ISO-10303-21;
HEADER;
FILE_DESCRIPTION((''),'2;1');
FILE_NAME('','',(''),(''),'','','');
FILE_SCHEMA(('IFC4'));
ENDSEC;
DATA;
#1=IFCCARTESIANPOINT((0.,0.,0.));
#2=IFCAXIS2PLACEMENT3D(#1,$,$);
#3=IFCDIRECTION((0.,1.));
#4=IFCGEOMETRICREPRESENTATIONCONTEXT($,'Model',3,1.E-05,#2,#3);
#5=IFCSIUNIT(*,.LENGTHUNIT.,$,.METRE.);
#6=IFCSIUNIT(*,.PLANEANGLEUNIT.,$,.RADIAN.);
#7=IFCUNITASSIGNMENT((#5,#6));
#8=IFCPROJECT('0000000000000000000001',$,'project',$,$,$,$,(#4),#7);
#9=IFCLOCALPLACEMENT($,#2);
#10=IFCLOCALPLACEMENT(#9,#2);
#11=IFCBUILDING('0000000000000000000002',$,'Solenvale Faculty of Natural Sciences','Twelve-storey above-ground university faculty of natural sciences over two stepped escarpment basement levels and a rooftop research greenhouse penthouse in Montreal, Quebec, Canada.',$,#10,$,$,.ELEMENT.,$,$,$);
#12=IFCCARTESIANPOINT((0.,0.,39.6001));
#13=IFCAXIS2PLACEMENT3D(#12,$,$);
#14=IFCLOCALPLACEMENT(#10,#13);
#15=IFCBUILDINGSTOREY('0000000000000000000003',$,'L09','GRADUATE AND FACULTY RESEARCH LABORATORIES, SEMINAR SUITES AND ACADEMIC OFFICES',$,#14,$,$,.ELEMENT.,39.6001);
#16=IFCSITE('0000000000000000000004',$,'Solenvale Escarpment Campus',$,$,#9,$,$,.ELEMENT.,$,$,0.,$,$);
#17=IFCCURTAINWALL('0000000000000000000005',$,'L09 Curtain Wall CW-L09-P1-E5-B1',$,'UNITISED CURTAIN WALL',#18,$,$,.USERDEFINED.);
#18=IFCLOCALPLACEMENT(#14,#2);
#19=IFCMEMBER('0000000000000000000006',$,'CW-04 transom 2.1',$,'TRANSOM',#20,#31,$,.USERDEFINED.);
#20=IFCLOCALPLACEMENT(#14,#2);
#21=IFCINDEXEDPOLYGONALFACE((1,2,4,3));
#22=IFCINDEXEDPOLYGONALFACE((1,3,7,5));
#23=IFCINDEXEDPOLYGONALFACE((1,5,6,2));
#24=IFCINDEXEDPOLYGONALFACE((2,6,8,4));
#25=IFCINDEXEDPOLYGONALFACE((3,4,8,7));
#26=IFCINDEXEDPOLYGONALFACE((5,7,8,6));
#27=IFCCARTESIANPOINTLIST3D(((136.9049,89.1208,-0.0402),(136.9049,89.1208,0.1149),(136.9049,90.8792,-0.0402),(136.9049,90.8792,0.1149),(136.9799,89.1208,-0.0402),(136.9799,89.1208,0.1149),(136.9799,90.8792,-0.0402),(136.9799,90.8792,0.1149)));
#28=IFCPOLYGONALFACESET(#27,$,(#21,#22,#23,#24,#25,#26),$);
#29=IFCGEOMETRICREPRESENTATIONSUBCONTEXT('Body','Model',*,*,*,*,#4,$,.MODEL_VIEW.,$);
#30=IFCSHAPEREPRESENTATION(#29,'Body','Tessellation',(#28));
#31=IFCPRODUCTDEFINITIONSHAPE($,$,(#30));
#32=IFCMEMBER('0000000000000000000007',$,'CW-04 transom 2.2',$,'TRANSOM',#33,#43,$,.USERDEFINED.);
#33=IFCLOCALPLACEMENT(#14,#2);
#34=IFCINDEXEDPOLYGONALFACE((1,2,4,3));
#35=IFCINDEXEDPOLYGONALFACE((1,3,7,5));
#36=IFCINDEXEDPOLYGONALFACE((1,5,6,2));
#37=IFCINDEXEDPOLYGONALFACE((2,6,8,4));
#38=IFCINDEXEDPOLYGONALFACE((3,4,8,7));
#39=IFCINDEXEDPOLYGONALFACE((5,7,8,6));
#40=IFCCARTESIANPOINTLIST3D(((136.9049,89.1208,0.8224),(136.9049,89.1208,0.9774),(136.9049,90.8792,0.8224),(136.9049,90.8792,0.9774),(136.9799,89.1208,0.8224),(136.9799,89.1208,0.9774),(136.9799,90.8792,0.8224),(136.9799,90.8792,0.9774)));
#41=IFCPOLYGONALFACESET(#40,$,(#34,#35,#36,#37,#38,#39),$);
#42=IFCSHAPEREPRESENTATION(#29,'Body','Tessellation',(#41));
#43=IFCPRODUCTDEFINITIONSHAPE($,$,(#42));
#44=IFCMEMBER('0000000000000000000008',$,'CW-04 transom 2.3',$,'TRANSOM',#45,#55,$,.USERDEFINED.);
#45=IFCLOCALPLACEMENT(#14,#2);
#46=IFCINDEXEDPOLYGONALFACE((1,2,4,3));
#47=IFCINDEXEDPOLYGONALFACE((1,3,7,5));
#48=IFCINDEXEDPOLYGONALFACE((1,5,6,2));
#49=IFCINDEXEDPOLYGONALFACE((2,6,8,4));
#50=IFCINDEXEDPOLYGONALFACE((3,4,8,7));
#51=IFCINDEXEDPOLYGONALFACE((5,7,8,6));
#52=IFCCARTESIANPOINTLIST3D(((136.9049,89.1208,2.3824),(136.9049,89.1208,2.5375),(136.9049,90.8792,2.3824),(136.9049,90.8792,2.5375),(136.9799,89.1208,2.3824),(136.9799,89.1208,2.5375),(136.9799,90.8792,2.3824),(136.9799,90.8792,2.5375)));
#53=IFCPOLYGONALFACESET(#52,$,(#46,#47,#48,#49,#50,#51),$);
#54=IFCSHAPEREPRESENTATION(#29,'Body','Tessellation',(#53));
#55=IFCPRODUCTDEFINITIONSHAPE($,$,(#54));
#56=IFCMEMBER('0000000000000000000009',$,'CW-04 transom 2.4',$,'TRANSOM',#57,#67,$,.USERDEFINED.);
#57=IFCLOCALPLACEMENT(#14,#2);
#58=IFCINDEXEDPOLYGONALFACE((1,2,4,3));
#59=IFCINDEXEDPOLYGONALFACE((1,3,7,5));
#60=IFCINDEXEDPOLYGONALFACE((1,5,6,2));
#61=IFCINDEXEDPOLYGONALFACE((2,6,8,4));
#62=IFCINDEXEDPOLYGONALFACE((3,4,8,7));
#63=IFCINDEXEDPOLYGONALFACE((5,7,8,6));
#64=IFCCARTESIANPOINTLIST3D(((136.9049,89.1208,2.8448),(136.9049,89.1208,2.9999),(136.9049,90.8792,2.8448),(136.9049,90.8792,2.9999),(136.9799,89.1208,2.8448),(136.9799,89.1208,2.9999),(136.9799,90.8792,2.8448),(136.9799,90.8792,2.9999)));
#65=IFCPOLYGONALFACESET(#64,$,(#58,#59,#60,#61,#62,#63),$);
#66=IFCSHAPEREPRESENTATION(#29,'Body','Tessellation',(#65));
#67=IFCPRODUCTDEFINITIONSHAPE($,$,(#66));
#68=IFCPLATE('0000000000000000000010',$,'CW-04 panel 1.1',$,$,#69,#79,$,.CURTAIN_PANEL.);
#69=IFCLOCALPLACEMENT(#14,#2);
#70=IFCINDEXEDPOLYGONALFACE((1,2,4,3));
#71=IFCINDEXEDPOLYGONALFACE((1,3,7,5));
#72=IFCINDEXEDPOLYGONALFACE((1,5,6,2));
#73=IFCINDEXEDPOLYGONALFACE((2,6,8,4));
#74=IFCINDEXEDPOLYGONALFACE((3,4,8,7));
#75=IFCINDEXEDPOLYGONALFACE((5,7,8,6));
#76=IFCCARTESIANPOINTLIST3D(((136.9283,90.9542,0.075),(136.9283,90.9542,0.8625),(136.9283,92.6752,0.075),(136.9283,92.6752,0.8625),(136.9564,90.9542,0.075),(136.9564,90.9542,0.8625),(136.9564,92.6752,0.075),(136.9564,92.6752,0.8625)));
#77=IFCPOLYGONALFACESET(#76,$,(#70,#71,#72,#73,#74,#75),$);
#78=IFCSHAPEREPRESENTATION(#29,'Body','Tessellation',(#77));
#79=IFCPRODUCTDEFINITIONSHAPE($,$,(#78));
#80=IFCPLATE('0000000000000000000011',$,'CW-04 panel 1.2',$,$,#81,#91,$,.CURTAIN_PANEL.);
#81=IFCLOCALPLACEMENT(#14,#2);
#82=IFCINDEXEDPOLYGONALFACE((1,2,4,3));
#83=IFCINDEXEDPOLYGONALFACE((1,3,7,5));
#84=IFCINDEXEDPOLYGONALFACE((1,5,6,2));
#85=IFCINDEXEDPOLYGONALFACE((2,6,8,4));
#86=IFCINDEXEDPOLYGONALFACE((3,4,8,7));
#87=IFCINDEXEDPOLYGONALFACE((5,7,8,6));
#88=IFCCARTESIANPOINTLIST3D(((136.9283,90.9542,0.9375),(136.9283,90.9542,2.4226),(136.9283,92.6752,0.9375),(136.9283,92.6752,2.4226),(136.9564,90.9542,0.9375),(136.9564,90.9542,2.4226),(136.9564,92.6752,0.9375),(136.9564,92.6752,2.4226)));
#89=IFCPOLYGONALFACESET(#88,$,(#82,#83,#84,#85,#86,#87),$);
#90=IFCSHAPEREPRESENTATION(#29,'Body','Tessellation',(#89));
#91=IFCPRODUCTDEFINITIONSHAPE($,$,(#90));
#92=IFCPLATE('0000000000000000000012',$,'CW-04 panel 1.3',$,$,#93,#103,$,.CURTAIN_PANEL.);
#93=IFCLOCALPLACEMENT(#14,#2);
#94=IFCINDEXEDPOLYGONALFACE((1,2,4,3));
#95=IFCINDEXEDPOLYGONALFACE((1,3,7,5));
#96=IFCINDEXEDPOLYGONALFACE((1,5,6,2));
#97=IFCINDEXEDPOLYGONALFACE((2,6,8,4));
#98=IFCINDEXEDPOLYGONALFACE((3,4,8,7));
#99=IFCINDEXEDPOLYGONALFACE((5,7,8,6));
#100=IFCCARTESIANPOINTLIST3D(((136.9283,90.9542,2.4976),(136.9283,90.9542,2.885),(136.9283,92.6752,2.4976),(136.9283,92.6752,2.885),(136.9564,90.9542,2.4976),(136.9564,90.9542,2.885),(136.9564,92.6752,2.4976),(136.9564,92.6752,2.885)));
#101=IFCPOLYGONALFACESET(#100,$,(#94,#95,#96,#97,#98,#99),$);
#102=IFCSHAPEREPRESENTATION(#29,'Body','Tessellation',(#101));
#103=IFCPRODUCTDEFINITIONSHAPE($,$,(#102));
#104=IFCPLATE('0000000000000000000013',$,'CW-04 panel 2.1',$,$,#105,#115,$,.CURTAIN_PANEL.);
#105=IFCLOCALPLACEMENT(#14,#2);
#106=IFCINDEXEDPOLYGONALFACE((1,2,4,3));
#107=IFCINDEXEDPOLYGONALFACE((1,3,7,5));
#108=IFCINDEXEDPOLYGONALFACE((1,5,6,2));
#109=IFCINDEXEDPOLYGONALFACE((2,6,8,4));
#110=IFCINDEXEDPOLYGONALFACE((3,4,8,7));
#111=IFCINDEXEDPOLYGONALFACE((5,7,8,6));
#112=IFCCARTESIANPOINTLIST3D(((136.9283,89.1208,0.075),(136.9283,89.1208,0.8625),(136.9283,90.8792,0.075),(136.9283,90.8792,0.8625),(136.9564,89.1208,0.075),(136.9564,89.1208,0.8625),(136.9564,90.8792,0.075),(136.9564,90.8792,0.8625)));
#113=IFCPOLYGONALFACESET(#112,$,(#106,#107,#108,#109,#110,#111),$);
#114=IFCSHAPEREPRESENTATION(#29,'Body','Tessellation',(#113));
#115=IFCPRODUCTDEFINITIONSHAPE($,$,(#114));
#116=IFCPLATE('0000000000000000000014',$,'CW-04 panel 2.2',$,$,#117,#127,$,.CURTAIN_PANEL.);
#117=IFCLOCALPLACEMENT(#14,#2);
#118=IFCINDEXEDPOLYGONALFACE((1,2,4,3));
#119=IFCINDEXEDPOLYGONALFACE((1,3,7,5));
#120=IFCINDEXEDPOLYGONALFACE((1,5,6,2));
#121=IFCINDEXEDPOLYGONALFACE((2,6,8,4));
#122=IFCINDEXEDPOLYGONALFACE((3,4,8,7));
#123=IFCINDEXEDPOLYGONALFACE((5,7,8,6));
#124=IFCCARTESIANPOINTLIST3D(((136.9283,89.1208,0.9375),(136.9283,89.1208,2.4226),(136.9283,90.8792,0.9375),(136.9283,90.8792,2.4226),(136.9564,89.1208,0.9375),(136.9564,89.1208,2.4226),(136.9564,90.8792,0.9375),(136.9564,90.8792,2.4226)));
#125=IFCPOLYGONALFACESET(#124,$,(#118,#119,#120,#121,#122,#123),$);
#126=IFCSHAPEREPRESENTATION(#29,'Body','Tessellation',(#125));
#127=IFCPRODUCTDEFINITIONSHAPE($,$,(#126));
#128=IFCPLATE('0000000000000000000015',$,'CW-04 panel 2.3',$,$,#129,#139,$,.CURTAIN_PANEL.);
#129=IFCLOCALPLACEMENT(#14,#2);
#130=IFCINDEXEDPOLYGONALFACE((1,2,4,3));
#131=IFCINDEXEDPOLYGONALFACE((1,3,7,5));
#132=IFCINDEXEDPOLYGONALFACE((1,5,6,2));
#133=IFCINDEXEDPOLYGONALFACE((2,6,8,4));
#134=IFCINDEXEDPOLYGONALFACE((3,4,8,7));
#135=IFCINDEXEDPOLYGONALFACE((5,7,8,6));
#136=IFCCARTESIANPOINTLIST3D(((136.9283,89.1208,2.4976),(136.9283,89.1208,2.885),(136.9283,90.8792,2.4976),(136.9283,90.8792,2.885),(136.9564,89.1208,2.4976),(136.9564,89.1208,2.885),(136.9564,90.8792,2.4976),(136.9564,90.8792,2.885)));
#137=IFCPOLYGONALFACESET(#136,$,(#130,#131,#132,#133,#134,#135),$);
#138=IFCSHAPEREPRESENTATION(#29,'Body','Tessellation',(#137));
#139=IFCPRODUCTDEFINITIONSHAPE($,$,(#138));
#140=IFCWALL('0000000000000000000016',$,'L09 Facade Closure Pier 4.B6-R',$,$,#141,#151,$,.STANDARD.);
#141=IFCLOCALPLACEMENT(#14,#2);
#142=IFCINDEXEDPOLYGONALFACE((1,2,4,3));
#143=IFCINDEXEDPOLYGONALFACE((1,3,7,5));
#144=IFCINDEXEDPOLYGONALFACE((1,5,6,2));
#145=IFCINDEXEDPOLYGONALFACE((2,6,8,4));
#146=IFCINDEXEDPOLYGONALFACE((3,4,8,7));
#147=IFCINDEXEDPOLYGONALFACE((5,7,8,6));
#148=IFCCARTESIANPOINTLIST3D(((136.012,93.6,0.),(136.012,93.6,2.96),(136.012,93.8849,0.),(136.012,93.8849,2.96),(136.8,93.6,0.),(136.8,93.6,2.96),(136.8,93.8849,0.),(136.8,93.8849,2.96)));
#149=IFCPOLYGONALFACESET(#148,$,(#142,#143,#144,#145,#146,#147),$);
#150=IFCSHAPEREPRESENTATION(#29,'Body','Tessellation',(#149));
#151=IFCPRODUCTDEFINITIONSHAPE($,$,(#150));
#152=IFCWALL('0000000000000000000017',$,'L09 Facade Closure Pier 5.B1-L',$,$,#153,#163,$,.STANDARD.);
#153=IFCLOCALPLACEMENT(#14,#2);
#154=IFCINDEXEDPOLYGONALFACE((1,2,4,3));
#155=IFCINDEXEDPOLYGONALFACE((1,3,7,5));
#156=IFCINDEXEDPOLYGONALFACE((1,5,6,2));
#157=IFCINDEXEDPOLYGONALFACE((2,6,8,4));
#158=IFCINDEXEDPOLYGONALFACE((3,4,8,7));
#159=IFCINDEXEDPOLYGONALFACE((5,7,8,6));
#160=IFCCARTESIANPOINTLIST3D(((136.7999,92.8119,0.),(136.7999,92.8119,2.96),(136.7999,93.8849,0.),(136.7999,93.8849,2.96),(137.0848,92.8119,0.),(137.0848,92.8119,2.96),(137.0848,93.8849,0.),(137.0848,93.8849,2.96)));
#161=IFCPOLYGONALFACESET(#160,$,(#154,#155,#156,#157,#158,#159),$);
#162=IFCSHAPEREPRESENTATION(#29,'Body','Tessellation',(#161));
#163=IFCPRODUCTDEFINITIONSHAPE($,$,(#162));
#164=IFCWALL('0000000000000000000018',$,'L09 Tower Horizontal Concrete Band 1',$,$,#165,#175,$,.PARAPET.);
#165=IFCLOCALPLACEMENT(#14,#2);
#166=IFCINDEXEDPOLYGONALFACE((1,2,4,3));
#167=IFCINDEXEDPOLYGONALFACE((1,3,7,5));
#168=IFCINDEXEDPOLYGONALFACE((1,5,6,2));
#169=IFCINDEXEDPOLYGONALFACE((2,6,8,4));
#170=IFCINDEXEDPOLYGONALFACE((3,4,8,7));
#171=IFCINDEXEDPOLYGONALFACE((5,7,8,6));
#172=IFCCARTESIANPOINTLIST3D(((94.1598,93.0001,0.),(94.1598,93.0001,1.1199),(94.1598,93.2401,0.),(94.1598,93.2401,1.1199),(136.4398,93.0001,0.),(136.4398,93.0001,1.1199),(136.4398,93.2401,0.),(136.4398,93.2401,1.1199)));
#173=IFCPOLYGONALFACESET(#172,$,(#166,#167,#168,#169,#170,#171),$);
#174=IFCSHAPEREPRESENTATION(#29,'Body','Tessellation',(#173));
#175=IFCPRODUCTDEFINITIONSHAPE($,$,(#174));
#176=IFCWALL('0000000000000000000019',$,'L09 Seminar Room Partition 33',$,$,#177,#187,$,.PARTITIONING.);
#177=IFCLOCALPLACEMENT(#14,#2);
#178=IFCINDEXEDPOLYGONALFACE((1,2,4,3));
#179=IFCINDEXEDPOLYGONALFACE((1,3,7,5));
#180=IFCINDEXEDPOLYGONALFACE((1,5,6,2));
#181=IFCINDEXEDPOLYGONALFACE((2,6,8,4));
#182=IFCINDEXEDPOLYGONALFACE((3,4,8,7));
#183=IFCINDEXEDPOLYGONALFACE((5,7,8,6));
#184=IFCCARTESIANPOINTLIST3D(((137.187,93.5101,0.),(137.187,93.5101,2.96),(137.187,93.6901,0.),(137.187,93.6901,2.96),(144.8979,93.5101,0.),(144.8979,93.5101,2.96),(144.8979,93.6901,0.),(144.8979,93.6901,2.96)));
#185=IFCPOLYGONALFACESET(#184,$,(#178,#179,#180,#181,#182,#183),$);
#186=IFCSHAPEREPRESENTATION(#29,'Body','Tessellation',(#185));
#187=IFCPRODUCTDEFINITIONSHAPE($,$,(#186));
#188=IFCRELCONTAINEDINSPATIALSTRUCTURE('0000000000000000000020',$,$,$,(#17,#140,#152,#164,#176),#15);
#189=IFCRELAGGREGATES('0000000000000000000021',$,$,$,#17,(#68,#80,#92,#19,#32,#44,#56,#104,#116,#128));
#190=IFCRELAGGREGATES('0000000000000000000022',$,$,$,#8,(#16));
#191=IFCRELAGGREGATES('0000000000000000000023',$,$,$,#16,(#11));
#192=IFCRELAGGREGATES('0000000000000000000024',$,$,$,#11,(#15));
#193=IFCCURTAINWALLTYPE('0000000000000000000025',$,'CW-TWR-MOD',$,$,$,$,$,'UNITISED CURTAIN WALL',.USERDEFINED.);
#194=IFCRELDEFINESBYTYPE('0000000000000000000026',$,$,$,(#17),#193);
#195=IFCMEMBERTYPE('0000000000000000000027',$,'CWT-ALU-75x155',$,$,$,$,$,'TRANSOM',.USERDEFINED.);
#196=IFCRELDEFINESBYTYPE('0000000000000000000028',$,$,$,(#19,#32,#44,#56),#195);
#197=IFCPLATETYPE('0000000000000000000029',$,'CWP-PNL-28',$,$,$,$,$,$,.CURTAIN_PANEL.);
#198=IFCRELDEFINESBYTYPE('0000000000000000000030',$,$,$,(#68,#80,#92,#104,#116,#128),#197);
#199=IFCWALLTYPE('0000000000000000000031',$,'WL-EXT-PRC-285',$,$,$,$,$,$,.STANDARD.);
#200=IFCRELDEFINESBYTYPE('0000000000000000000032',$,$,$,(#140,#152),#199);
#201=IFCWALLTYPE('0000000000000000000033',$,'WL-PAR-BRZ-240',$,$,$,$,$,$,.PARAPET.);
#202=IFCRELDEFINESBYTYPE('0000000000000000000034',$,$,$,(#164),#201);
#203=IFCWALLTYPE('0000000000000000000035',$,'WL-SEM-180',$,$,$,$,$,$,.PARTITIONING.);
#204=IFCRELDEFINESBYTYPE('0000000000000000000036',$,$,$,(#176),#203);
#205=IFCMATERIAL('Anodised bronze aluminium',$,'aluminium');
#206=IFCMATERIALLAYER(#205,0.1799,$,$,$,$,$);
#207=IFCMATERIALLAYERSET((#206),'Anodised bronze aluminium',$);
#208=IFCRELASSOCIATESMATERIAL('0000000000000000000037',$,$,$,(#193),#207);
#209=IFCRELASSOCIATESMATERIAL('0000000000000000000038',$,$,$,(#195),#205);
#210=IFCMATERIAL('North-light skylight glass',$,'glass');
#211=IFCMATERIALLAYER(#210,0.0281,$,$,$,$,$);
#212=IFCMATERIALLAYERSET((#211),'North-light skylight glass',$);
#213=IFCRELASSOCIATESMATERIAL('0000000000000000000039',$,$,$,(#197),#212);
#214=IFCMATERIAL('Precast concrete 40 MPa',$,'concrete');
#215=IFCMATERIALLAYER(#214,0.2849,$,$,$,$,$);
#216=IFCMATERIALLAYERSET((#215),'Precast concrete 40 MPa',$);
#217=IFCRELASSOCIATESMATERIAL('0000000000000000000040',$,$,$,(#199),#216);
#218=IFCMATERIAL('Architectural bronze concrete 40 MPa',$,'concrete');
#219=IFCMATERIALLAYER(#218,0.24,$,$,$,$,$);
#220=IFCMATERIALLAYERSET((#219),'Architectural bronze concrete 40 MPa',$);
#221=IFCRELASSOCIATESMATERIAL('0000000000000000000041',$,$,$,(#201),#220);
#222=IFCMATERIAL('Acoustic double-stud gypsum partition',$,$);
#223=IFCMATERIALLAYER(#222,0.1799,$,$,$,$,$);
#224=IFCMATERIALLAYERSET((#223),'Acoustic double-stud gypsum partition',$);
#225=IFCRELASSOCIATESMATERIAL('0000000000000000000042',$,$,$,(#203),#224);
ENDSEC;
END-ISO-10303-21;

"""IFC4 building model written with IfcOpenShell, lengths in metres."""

from ifc_helpers import new_model, si_unit, direction, frame, frame_2d, origin, origin_2d, place, context, subcontext, project, spatial, rectangle, extrude, material, layer, layer_set, material_profile, profile_set, type_object, element, aggregate, save


model = new_model("IFC4")

# Units and contexts
model_context = context("Model", 3, precision=1e-05, world=origin(), true_north=direction((0.0, 1.0)))
body_context = subcontext(model_context, "Body", "Model", "MODEL_VIEW")
ifc_project = project(units=[si_unit("LENGTHUNIT", "METRE"), si_unit("PLANEANGLEUNIT", "RADIAN")], contexts=[model_context])

# Site, building, storey
site_placement = place(None, origin())
site = spatial("IfcSite", under=ifc_project, at=site_placement, Name="Solenvale Escarpment Campus", CompositionType="ELEMENT", RefElevation=0.0)
building_placement = place(site_placement, origin())
building = spatial("IfcBuilding", under=site, at=building_placement, Name="Solenvale Faculty of Natural Sciences", Description="Twelve-storey above-ground university faculty of natural sciences over two stepped escarpment basement levels and a rooftop research greenhouse penthouse in Montreal, Quebec, Canada.", CompositionType="ELEMENT")
storey_placement = place(building_placement, frame((0.0, 0.0, 39.6001)))
storey = spatial("IfcBuildingStorey", under=building, at=storey_placement, Name="L09", Description="GRADUATE AND FACULTY RESEARCH LABORATORIES, SEMINAR SUITES AND ACADEMIC OFFICES", CompositionType="ELEMENT", Elevation=39.6001)

# Shared definitions
ifc_material_1 = material(Name="Anodised bronze aluminium", Category="aluminium")
ifc_layer_1 = layer(ifc_material_1, 0.1799)
ifc_layer_set_1 = layer_set([ifc_layer_1], Name="Anodised bronze aluminium")
curtain_wall_type = type_object("IfcCurtainWallType", Name="CW-TWR-MOD", ElementType="UNITISED CURTAIN WALL", PredefinedType="USERDEFINED", material=ifc_layer_set_1)

# Curtain wall, members, plates
curtain_wall_1_placement = place(storey_placement, origin())
curtain_wall_1 = element("IfcCurtainWall", 1, at=curtain_wall_1_placement, inside=storey, type_object=curtain_wall_type, Name="L09 Curtain Wall CW-L09-P1-E5-B1", ObjectType="UNITISED CURTAIN WALL", PredefinedType="USERDEFINED")
ifc_material_profile_1 = material_profile(ifc_material_1, rectangle(XDim=0.075, YDim=0.155, at=origin_2d()), Name="ALU-TRN-75x155")
ifc_profile_set_1 = profile_set([ifc_material_profile_1], Name="Anodised bronze aluminium")
member_type_1 = type_object("IfcMemberType", Name="CWT-ALU-75x155", ElementType="TRANSOM", PredefinedType="USERDEFINED", material=ifc_profile_set_1)
member_1_placement = place(storey_placement, frame((136.9424, 90.8792, 0.0374), z_axis=(0.0, -1.0, 0.0), x_axis=(1.0, 0.0, 0.0)))
member_1 = element("IfcMember", 2, at=member_1_placement, type_object=member_type_1, Name="CW-04 transom 2.1", ObjectType="TRANSOM", PredefinedType="USERDEFINED", context=body_context, shape_type="SweptSolid", body=[
    extrude(rectangle(XDim=0.075, YDim=0.155, at=origin_2d()), origin(), (0.0, 0.0, 1.0), 1.7583),
])
member_2_placement = place(storey_placement, frame((136.9424, 90.8792, 0.8999), z_axis=(0.0, -1.0, 0.0), x_axis=(1.0, 0.0, 0.0)))
member_2 = element("IfcMember", 3, at=member_2_placement, type_object=member_type_1, Name="CW-04 transom 2.2", ObjectType="TRANSOM", PredefinedType="USERDEFINED", context=body_context, shape_type="SweptSolid", body=[
    extrude(rectangle(XDim=0.075, YDim=0.155, at=origin_2d()), origin(), (0.0, 0.0, 1.0), 1.7583),
])
member_3_placement = place(storey_placement, frame((136.9424, 90.8792, 2.46), z_axis=(0.0, -1.0, 0.0), x_axis=(1.0, 0.0, 0.0)))
member_3 = element("IfcMember", 4, at=member_3_placement, type_object=member_type_1, Name="CW-04 transom 2.3", ObjectType="TRANSOM", PredefinedType="USERDEFINED", context=body_context, shape_type="SweptSolid", body=[
    extrude(rectangle(XDim=0.075, YDim=0.155, at=origin_2d()), origin(), (0.0, 0.0, 1.0), 1.7583),
])
member_4_placement = place(storey_placement, frame((136.9424, 90.8792, 2.9224), z_axis=(0.0, -1.0, 0.0), x_axis=(1.0, 0.0, 0.0)))
member_4 = element("IfcMember", 5, at=member_4_placement, type_object=member_type_1, Name="CW-04 transom 2.4", ObjectType="TRANSOM", PredefinedType="USERDEFINED", context=body_context, shape_type="SweptSolid", body=[
    extrude(rectangle(XDim=0.075, YDim=0.155, at=origin_2d()), origin(), (0.0, 0.0, 1.0), 1.7583),
])
ifc_material_2 = material(Name="North-light skylight glass", Category="glass")
ifc_layer_2 = layer(ifc_material_2, 0.0281)
ifc_layer_set_2 = layer_set([ifc_layer_2], Name="North-light skylight glass")
plate_type = type_object("IfcPlateType", Name="CWP-PNL-28", PredefinedType="CURTAIN_PANEL", material=ifc_layer_set_2)
plate_1_placement = place(storey_placement, frame((136.9424, 91.8147, 0.075), z_axis=(0.0, 0.0, 1.0), x_axis=(0.0, -1.0, 0.0)))
plate_1 = element("IfcPlate", 6, at=plate_1_placement, type_object=plate_type, Name="CW-04 panel 1.1", PredefinedType="CURTAIN_PANEL", context=body_context, shape_type="SweptSolid", body=[
    extrude(rectangle(XDim=1.7209, YDim=0.0281, at=origin_2d()), origin(), (0.0, 0.0, 1.0), 0.7876),
])
plate_2_placement = place(storey_placement, frame((136.9424, 91.8147, 0.9375), z_axis=(0.0, 0.0, 1.0), x_axis=(0.0, -1.0, 0.0)))
plate_2 = element("IfcPlate", 7, at=plate_2_placement, type_object=plate_type, Name="CW-04 panel 1.2", PredefinedType="CURTAIN_PANEL", context=body_context, shape_type="SweptSolid", body=[
    extrude(rectangle(XDim=1.7209, YDim=0.0281, at=origin_2d()), origin(), (0.0, 0.0, 1.0), 1.4851),
])
plate_3_placement = place(storey_placement, frame((136.9424, 91.8147, 2.4976), z_axis=(0.0, 0.0, 1.0), x_axis=(0.0, -1.0, 0.0)))
plate_3 = element("IfcPlate", 8, at=plate_3_placement, type_object=plate_type, Name="CW-04 panel 1.3", PredefinedType="CURTAIN_PANEL", context=body_context, shape_type="SweptSolid", body=[
    extrude(rectangle(XDim=1.7209, YDim=0.0281, at=origin_2d()), origin(), (0.0, 0.0, 1.0), 0.3875),
])
plate_4_placement = place(storey_placement, frame((136.9424, 90.0, 0.075), z_axis=(0.0, 0.0, 1.0), x_axis=(0.0, -1.0, 0.0)))
plate_4 = element("IfcPlate", 9, at=plate_4_placement, type_object=plate_type, Name="CW-04 panel 2.1", PredefinedType="CURTAIN_PANEL", context=body_context, shape_type="SweptSolid", body=[
    extrude(rectangle(XDim=1.7583, YDim=0.0281, at=origin_2d()), origin(), (0.0, 0.0, 1.0), 0.7876),
])
plate_5_placement = place(storey_placement, frame((136.9424, 90.0, 0.9375), z_axis=(0.0, 0.0, 1.0), x_axis=(0.0, -1.0, 0.0)))
plate_5 = element("IfcPlate", 10, at=plate_5_placement, type_object=plate_type, Name="CW-04 panel 2.2", PredefinedType="CURTAIN_PANEL", context=body_context, shape_type="SweptSolid", body=[
    extrude(rectangle(XDim=1.7583, YDim=0.0281, at=origin_2d()), origin(), (0.0, 0.0, 1.0), 1.4851),
])
plate_6_placement = place(storey_placement, frame((136.9424, 90.0, 2.4976), z_axis=(0.0, 0.0, 1.0), x_axis=(0.0, -1.0, 0.0)))
plate_6 = element("IfcPlate", 11, at=plate_6_placement, type_object=plate_type, Name="CW-04 panel 2.3", PredefinedType="CURTAIN_PANEL", context=body_context, shape_type="SweptSolid", body=[
    extrude(rectangle(XDim=1.7583, YDim=0.0281, at=origin_2d()), origin(), (0.0, 0.0, 1.0), 0.3875),
])
aggregate(curtain_wall_1, [plate_1, plate_2, plate_3, member_1, member_2, member_3, member_4, plate_4, plate_5, plate_6])

# Walls
ifc_material_3 = material(Name="Precast concrete 40 MPa", Category="concrete")
ifc_layer_3 = layer(ifc_material_3, 0.2849)
ifc_layer_set_3 = layer_set([ifc_layer_3], Name="Precast concrete 40 MPa")
wall_type_1 = type_object("IfcWallType", Name="WL-EXT-PRC-285", PredefinedType="STANDARD", material=ifc_layer_set_3)
wall_1_placement = place(storey_placement, frame((136.012, 93.7424, 0.0), z_axis=(0.0, 0.0, 1.0), x_axis=(1.0, 0.0, 0.0)))
element("IfcWall", 12, at=wall_1_placement, inside=storey, type_object=wall_type_1, Name="L09 Facade Closure Pier 4.B6-R", PredefinedType="STANDARD", context=body_context, shape_type="SweptSolid", body=[
    extrude(rectangle(XDim=0.7881, YDim=0.2849, at=frame_2d((0.394, 0.0))), origin(), (0.0, 0.0, 1.0), 2.96),
])
wall_2_placement = place(storey_placement, frame((136.9424, 93.885, 0.0), z_axis=(0.0, 0.0, 1.0), x_axis=(0.0, -1.0, 0.0)))
element("IfcWall", 13, at=wall_2_placement, inside=storey, type_object=wall_type_1, Name="L09 Facade Closure Pier 5.B1-L", PredefinedType="STANDARD", context=body_context, shape_type="SweptSolid", body=[
    extrude(rectangle(XDim=1.073, YDim=0.2849, at=frame_2d((0.5366, 0.0))), origin(), (0.0, 0.0, 1.0), 2.96),
])
ifc_material_4 = material(Name="Architectural bronze concrete 40 MPa", Category="concrete")
ifc_layer_4 = layer(ifc_material_4, 0.24)
ifc_layer_set_4 = layer_set([ifc_layer_4], Name="Architectural bronze concrete 40 MPa")
wall_type_2 = type_object("IfcWallType", Name="WL-PAR-BRZ-240", PredefinedType="PARAPET", material=ifc_layer_set_4)
wall_3_placement = place(storey_placement, frame((136.4399, 93.1201, 0.0), z_axis=(0.0, 0.0, 1.0), x_axis=(-1.0, 0.0, 0.0)))
element("IfcWall", 14, at=wall_3_placement, inside=storey, type_object=wall_type_2, Name="L09 Tower Horizontal Concrete Band 1", PredefinedType="PARAPET", context=body_context, shape_type="SweptSolid", body=[
    extrude(rectangle(XDim=42.28, YDim=0.24, at=frame_2d((21.1401, 0.0))), origin(), (0.0, 0.0, 1.0), 1.1199),
])
ifc_material_5 = material(Name="Acoustic double-stud gypsum partition")
ifc_layer_5 = layer(ifc_material_5, 0.1799)
ifc_layer_set_5 = layer_set([ifc_layer_5], Name="Acoustic double-stud gypsum partition")
wall_type_3 = type_object("IfcWallType", Name="WL-SEM-180", PredefinedType="PARTITIONING", material=ifc_layer_set_5)
wall_4_placement = place(storey_placement, frame((137.187, 93.6001, 0.0), z_axis=(0.0, 0.0, 1.0), x_axis=(1.0, 0.0, 0.0)))
element("IfcWall", 15, at=wall_4_placement, inside=storey, type_object=wall_type_3, Name="L09 Seminar Room Partition 33", PredefinedType="PARTITIONING", context=body_context, shape_type="SweptSolid", body=[
    extrude(rectangle(XDim=7.7109, YDim=0.1799, at=frame_2d((3.8555, 0.0))), origin(), (0.0, 0.0, 1.0), 2.96),
])

save(model, "model.ifc")
